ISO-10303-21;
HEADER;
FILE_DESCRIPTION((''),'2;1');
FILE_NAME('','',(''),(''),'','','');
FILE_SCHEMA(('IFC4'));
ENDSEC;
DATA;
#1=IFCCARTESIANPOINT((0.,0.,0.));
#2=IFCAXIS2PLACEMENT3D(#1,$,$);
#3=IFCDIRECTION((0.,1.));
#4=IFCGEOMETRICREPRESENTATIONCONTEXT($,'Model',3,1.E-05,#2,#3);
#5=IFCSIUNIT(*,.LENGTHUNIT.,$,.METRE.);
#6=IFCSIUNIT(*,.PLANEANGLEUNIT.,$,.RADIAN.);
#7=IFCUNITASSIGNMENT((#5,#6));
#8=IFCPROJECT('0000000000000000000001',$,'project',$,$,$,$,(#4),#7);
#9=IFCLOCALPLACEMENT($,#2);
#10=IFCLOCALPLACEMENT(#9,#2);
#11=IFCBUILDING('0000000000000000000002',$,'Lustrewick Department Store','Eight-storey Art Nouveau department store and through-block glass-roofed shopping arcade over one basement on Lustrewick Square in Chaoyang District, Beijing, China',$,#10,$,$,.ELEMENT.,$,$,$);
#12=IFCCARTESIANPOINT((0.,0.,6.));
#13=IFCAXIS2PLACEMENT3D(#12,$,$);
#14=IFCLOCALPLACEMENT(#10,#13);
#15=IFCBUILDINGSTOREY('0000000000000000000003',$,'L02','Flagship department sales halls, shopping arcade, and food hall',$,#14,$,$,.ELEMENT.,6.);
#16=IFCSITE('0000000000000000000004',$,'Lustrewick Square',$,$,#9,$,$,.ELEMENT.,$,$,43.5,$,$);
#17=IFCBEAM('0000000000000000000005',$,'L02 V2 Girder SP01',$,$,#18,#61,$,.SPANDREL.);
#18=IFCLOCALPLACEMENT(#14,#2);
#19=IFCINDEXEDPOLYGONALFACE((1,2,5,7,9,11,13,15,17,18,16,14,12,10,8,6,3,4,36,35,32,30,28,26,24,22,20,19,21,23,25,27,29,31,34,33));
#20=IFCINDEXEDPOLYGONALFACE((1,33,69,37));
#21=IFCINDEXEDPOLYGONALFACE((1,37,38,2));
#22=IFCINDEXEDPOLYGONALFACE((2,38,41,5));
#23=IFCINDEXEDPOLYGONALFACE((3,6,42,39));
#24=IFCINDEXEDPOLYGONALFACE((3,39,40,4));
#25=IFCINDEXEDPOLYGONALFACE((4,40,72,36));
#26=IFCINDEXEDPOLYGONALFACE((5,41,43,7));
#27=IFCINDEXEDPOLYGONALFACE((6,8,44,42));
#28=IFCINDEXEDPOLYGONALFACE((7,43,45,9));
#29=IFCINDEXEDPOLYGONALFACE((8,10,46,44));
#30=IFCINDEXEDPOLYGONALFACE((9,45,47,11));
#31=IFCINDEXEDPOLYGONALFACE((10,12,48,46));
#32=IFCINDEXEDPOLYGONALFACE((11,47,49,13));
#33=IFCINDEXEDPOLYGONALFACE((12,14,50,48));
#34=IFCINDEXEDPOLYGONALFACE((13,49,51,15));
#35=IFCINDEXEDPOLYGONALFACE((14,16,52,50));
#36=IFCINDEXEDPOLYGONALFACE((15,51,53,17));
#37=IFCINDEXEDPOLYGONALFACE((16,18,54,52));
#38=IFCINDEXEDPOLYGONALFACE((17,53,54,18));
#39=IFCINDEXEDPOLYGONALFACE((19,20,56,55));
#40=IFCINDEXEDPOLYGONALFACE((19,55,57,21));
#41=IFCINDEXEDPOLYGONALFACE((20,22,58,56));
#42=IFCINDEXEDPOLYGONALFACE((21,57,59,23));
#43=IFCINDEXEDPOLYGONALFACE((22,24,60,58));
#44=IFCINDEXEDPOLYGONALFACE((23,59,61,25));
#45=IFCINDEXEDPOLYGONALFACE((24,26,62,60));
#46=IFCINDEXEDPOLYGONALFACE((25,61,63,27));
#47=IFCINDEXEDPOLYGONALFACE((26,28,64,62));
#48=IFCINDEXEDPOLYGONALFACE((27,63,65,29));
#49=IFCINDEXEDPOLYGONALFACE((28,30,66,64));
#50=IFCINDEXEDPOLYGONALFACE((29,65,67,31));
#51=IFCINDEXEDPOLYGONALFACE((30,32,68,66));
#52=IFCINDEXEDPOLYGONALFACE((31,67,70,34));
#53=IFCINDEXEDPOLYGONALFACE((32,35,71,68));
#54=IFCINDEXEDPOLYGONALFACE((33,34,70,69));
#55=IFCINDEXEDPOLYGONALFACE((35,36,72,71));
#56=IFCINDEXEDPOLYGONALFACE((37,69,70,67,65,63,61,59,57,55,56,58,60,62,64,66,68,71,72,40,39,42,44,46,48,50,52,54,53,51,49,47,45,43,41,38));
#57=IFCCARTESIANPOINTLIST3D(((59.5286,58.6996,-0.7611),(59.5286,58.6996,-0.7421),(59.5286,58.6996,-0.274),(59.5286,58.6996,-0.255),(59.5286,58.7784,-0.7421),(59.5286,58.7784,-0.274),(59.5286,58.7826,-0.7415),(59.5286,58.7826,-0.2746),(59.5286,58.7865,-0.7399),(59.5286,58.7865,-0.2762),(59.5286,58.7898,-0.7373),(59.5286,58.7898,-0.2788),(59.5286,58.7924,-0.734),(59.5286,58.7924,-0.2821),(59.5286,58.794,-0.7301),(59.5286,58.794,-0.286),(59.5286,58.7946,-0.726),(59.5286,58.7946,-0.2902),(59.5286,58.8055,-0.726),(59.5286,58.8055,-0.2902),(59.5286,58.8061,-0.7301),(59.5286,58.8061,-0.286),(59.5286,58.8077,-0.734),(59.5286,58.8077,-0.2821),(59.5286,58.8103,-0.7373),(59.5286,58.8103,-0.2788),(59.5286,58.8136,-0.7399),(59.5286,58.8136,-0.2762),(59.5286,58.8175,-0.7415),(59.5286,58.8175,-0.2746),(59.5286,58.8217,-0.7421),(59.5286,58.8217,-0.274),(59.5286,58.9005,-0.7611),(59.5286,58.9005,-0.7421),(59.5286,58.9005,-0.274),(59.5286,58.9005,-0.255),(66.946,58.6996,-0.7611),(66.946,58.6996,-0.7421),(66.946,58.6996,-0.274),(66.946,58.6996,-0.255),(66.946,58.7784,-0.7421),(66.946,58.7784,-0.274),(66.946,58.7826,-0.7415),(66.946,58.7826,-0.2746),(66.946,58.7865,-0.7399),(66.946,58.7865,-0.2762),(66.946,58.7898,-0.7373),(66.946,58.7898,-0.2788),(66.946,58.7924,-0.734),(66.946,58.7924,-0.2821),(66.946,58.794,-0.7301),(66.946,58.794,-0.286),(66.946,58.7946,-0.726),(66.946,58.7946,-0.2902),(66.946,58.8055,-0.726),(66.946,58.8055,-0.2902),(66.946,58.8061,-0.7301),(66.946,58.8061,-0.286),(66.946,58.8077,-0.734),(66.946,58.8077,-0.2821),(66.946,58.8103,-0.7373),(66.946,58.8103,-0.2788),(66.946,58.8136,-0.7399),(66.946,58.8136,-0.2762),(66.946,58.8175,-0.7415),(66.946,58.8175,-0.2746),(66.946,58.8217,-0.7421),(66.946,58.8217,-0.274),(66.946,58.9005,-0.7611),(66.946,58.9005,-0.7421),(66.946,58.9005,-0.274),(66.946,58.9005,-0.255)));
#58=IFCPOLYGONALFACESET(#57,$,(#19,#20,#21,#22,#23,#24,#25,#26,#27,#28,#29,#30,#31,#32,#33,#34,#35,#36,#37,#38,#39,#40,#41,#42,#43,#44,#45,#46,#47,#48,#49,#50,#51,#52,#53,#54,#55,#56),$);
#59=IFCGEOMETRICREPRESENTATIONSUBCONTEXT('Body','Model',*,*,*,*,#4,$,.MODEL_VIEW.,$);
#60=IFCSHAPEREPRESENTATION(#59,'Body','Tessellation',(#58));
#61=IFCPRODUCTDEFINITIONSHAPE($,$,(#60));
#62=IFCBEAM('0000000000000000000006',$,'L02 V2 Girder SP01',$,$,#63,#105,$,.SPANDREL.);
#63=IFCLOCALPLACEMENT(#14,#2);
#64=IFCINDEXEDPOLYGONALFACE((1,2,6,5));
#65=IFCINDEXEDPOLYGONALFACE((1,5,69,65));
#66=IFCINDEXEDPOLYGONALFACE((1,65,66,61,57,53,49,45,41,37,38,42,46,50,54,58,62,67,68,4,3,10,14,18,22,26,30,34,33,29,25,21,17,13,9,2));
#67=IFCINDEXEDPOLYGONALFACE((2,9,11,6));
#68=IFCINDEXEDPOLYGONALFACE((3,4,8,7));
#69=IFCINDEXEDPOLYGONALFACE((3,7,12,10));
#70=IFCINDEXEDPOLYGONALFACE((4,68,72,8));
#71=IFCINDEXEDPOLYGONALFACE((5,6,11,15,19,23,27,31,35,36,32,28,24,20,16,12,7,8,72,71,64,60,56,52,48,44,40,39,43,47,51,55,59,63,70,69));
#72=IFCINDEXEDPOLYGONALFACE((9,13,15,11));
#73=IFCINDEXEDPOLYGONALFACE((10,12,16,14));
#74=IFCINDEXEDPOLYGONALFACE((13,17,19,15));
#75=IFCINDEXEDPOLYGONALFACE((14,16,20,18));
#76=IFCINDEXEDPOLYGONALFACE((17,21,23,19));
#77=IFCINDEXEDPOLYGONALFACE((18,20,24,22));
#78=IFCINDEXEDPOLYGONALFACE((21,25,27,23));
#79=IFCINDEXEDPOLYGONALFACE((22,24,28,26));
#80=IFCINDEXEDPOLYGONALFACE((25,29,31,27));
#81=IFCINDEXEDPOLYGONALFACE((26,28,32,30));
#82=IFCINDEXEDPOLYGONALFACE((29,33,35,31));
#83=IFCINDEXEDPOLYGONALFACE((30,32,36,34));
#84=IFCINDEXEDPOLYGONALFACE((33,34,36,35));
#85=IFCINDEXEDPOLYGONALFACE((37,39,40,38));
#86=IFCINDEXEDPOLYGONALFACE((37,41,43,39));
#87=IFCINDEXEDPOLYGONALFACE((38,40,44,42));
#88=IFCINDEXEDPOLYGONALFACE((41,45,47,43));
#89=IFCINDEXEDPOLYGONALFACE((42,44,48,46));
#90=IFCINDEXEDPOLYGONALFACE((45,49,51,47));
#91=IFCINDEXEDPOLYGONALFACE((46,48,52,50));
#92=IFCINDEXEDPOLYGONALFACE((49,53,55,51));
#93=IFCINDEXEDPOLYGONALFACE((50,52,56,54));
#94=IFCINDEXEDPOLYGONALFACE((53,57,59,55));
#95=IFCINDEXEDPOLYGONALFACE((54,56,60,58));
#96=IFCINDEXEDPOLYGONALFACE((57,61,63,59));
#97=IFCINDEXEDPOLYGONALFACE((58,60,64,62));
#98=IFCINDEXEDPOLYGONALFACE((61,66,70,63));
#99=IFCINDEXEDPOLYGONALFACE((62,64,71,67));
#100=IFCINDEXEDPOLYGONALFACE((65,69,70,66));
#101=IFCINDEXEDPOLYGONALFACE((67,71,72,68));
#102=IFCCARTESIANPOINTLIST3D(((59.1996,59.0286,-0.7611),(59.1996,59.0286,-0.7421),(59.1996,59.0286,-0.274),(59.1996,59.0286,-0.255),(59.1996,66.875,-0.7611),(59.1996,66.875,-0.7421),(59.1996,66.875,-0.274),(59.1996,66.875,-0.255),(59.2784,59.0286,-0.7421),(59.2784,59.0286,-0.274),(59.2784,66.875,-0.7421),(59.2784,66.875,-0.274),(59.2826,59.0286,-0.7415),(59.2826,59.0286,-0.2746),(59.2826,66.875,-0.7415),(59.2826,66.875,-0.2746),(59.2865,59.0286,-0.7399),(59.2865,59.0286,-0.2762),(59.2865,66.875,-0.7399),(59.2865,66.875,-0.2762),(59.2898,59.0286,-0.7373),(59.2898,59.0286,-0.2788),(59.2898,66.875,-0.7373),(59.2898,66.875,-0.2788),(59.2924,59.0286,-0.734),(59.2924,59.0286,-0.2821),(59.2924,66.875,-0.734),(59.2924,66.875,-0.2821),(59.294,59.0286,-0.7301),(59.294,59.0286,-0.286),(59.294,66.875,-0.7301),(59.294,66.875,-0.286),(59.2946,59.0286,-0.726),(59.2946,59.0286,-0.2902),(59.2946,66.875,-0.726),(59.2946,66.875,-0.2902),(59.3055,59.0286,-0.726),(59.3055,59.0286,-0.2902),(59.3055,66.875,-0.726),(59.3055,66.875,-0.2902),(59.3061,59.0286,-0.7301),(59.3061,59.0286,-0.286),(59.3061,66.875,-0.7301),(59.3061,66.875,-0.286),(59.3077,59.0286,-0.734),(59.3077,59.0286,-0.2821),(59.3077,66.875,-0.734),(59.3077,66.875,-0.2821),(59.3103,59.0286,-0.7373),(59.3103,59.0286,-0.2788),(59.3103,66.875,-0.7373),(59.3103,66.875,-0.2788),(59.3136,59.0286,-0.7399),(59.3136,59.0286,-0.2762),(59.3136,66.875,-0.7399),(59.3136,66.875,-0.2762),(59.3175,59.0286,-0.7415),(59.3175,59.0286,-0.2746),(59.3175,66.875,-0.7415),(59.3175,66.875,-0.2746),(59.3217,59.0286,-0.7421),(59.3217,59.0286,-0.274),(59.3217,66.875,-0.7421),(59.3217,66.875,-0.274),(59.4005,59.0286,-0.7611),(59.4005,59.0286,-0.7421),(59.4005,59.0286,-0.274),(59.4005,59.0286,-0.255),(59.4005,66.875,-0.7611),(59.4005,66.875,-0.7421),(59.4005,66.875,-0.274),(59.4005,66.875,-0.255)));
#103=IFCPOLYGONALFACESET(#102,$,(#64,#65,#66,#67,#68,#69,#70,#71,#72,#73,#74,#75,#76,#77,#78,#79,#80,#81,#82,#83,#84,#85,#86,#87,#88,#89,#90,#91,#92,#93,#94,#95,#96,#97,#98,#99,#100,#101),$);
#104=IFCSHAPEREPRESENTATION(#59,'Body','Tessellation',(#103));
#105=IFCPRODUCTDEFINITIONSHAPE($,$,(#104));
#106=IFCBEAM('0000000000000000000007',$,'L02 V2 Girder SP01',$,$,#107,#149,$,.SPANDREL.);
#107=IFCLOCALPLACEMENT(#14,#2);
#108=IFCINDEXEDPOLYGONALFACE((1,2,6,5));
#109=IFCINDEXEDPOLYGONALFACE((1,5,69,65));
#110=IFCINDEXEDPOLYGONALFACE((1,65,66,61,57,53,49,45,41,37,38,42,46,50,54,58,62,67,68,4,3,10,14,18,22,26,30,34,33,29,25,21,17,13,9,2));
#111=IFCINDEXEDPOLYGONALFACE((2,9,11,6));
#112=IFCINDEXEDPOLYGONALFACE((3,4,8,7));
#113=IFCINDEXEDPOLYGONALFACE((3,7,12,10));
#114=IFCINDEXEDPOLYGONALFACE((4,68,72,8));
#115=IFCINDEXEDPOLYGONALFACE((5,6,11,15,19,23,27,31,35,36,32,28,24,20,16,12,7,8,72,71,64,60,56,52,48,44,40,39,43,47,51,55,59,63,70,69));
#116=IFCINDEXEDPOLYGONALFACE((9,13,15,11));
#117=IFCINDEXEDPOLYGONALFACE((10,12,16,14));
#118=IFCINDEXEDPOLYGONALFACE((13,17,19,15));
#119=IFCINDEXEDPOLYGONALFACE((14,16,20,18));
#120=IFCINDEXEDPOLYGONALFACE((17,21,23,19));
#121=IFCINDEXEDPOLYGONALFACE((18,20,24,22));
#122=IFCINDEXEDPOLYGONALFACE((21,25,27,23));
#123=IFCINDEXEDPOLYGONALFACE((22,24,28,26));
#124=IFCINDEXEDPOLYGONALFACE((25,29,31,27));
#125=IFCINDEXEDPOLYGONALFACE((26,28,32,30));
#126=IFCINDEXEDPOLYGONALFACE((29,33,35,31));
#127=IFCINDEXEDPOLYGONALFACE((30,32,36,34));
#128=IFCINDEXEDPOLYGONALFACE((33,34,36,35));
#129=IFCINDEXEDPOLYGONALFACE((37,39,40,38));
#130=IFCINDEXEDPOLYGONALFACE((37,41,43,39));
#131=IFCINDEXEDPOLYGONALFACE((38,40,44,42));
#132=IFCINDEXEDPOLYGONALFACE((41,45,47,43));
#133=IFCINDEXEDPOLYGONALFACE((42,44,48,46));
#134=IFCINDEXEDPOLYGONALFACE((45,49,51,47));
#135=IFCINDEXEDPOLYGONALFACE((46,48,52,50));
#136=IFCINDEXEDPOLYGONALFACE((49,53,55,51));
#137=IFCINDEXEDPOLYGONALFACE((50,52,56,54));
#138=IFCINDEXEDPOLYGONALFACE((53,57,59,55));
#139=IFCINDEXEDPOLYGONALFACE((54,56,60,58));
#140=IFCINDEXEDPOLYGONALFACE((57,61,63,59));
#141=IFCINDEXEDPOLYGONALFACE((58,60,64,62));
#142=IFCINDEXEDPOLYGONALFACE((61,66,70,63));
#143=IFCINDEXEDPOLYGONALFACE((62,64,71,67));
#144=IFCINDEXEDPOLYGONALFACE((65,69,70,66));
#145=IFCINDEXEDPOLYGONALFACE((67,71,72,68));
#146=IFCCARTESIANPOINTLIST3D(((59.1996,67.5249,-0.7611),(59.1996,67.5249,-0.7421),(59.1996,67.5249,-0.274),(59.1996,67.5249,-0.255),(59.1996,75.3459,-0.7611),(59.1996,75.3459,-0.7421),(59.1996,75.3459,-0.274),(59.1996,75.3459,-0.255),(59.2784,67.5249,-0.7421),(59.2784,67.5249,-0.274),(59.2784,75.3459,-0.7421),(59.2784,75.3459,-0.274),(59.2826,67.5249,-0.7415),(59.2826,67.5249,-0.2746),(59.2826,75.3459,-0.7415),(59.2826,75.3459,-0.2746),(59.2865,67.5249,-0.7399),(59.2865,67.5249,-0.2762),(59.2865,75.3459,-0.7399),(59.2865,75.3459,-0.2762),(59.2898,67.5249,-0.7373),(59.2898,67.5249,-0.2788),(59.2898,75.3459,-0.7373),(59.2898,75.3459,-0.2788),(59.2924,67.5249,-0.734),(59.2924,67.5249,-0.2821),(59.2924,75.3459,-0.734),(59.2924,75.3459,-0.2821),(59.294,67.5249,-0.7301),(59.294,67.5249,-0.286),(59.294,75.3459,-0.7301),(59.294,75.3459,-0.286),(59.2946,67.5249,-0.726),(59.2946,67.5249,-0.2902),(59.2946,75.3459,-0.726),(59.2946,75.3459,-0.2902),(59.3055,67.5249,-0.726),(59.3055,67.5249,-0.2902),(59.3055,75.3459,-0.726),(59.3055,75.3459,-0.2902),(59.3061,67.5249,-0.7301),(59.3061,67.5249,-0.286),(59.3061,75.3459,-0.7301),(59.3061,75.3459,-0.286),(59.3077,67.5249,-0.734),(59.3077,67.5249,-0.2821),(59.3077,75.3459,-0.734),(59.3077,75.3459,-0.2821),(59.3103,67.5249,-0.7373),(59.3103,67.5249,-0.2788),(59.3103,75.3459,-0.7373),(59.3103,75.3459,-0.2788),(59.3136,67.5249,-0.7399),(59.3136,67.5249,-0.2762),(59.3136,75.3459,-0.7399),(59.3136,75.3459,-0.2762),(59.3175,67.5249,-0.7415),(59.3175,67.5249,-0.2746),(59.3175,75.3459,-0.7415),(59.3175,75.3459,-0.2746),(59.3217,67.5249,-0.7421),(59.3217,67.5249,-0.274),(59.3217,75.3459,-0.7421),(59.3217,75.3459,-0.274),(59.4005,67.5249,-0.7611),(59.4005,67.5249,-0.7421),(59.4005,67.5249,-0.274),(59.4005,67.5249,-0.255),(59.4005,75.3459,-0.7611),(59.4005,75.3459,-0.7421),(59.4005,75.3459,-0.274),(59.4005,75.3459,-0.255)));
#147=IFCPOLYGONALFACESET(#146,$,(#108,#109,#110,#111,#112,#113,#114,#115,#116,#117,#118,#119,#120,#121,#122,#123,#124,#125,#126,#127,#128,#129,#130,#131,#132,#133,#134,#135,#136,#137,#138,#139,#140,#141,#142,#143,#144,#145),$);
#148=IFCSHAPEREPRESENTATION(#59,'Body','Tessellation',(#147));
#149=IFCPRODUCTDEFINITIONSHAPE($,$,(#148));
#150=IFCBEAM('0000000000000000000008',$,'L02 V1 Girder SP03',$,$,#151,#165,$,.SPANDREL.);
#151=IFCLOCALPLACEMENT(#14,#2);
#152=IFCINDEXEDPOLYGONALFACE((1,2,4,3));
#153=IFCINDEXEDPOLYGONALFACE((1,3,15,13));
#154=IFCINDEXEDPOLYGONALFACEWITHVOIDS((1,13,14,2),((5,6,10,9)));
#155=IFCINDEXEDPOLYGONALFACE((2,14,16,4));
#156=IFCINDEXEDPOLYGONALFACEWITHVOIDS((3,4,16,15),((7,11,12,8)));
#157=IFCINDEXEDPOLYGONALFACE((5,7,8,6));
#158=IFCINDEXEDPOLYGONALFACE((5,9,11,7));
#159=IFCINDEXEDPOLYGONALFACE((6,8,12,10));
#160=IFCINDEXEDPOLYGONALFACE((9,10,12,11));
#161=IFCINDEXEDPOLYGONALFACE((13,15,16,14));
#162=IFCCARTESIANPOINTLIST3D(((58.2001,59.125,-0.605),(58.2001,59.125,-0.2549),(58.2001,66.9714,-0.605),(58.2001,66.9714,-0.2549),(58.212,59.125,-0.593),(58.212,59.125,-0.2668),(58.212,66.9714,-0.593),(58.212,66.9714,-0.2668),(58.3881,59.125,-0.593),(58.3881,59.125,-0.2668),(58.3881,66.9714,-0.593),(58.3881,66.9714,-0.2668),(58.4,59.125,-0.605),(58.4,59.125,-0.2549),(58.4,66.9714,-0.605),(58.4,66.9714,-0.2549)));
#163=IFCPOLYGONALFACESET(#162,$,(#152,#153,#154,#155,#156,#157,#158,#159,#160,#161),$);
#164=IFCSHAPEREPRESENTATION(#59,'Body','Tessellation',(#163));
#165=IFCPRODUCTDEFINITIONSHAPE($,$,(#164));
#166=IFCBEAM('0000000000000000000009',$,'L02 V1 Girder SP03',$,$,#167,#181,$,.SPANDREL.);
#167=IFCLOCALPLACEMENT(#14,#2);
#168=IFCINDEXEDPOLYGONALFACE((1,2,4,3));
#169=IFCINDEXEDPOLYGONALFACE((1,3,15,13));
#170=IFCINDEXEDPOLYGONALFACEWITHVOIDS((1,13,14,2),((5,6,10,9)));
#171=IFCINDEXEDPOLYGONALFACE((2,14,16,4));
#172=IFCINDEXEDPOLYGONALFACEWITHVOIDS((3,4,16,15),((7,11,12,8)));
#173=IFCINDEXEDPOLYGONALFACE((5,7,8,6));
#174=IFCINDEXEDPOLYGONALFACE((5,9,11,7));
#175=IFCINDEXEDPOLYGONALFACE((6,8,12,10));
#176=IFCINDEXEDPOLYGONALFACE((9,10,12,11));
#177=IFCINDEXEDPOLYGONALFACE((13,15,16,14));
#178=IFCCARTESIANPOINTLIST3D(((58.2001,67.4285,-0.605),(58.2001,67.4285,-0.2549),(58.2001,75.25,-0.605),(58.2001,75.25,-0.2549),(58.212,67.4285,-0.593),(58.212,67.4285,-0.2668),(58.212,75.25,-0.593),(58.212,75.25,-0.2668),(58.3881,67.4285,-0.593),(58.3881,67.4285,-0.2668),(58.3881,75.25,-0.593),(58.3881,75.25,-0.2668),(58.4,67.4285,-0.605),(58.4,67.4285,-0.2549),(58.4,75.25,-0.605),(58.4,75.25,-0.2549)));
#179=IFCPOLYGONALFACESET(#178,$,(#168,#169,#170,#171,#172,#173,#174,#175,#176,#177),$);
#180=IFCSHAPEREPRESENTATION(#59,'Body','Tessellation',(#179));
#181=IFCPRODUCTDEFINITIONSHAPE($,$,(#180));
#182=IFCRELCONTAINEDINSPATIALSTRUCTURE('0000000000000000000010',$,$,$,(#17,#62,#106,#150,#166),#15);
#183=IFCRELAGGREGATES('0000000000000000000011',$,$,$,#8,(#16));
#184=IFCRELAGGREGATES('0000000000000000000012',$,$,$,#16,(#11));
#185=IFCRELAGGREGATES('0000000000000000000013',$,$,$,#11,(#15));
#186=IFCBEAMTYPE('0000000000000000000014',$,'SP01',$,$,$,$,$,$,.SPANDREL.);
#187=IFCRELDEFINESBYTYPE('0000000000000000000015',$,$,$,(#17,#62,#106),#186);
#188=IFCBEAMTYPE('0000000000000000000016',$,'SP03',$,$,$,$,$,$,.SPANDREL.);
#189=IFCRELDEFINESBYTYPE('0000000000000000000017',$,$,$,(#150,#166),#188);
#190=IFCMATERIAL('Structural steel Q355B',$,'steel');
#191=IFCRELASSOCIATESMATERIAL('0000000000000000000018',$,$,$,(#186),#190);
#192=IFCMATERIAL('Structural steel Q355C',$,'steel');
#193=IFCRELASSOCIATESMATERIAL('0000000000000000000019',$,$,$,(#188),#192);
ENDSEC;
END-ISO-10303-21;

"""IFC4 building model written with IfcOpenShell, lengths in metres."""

from ifc_helpers import new_model, si_unit, direction, frame, origin, origin_2d, place, context, subcontext, project, spatial, hollow_rectangle, i_section, extrude, material, material_profile, profile_set, type_object, element, save


model = new_model("IFC4")

# Units and contexts
model_context = context("Model", 3, precision=1e-05, world=origin(), true_north=direction((0.0, 1.0)))
body_context = subcontext(model_context, "Body", "Model", "MODEL_VIEW")
ifc_project = project(units=[si_unit("LENGTHUNIT", "METRE"), si_unit("PLANEANGLEUNIT", "RADIAN")], contexts=[model_context])

# Site, building, storey
site_placement = place(None, origin())
site = spatial("IfcSite", under=ifc_project, at=site_placement, Name="Lustrewick Square", CompositionType="ELEMENT", RefElevation=43.5)
building_placement = place(site_placement, origin())
building = spatial("IfcBuilding", under=site, at=building_placement, Name="Lustrewick Department Store", Description="Eight-storey Art Nouveau department store and through-block glass-roofed shopping arcade over one basement on Lustrewick Square in Chaoyang District, Beijing, China", CompositionType="ELEMENT")
storey_placement = place(building_placement, frame((0.0, 0.0, 6.0)))
storey = spatial("IfcBuildingStorey", under=building, at=storey_placement, Name="L02", Description="Flagship department sales halls, shopping arcade, and food hall", CompositionType="ELEMENT", Elevation=6.0)

# Shared definitions
ifc_material_1 = material(Name="Structural steel Q355C", Category="steel")
ifc_material_2 = material(Name="Structural steel Q355B", Category="steel")

# Beams
ifc_material_profile_1 = material_profile(ifc_material_2, i_section(OverallWidth=0.2009, OverallDepth=0.5061, WebThickness=0.011, FlangeThickness=0.019, FilletRadius=0.0161, at=origin_2d()), Name="HN 506x201x11x19")
ifc_profile_set_1 = profile_set([ifc_material_profile_1], Name="Structural steel Q355B")
beam_type_1 = type_object("IfcBeamType", Name="SP01", PredefinedType="SPANDREL", material=ifc_profile_set_1)
beam_1_placement = place(storey_placement, frame((59.5286, 58.8, -0.5081), z_axis=(1.0, 0.0, 0.0), x_axis=(0.0, 1.0, 0.0)))
element("IfcBeam", 1, at=beam_1_placement, inside=storey, type_object=beam_type_1, Name="L02 V2 Girder SP01", PredefinedType="SPANDREL", context=body_context, shape_type="SweptSolid", body=[
    extrude(i_section(OverallWidth=0.2009, OverallDepth=0.5061, WebThickness=0.011, FlangeThickness=0.019, FilletRadius=0.0161, at=origin_2d()), origin(), (0.0, 0.0, 1.0), 7.4175),
])
beam_2_placement = place(storey_placement, frame((59.3, 59.0286, -0.5081), z_axis=(0.0, 1.0, 0.0), x_axis=(-1.0, 0.0, 0.0)))
element("IfcBeam", 2, at=beam_2_placement, inside=storey, type_object=beam_type_1, Name="L02 V2 Girder SP01", PredefinedType="SPANDREL", context=body_context, shape_type="SweptSolid", body=[
    extrude(i_section(OverallWidth=0.2009, OverallDepth=0.5061, WebThickness=0.011, FlangeThickness=0.019, FilletRadius=0.0161, at=origin_2d()), origin(), (0.0, 0.0, 1.0), 7.8464),
])
beam_3_placement = place(storey_placement, frame((59.3, 67.5249, -0.5081), z_axis=(0.0, 1.0, 0.0), x_axis=(-1.0, 0.0, 0.0)))
element("IfcBeam", 3, at=beam_3_placement, inside=storey, type_object=beam_type_1, Name="L02 V2 Girder SP01", PredefinedType="SPANDREL", context=body_context, shape_type="SweptSolid", body=[
    extrude(i_section(OverallWidth=0.2009, OverallDepth=0.5061, WebThickness=0.011, FlangeThickness=0.019, FilletRadius=0.0161, at=origin_2d()), origin(), (0.0, 0.0, 1.0), 7.821),
])
ifc_material_profile_2 = material_profile(ifc_material_1, hollow_rectangle(XDim=0.2, YDim=0.3501, WallThickness=0.012, at=origin_2d()), Name="RHS 350x200x12")
ifc_profile_set_2 = profile_set([ifc_material_profile_2], Name="Structural steel Q355C")
beam_type_2 = type_object("IfcBeamType", Name="SP03", PredefinedType="SPANDREL", material=ifc_profile_set_2)
beam_4_placement = place(storey_placement, frame((58.3, 59.125, -0.4299), z_axis=(0.0, 1.0, 0.0), x_axis=(-1.0, 0.0, 0.0)))
element("IfcBeam", 4, at=beam_4_placement, inside=storey, type_object=beam_type_2, Name="L02 V1 Girder SP03", PredefinedType="SPANDREL", context=body_context, shape_type="SweptSolid", body=[
    extrude(hollow_rectangle(XDim=0.2, YDim=0.3501, WallThickness=0.012, at=origin_2d()), origin(), (0.0, 0.0, 1.0), 7.8464),
])
beam_5_placement = place(storey_placement, frame((58.3, 67.4285, -0.4299), z_axis=(0.0, 1.0, 0.0), x_axis=(-1.0, 0.0, 0.0)))
element("IfcBeam", 5, at=beam_5_placement, inside=storey, type_object=beam_type_2, Name="L02 V1 Girder SP03", PredefinedType="SPANDREL", context=body_context, shape_type="SweptSolid", body=[
    extrude(hollow_rectangle(XDim=0.2, YDim=0.3501, WallThickness=0.012, at=origin_2d()), origin(), (0.0, 0.0, 1.0), 7.8215),
])

save(model, "model.ifc")
